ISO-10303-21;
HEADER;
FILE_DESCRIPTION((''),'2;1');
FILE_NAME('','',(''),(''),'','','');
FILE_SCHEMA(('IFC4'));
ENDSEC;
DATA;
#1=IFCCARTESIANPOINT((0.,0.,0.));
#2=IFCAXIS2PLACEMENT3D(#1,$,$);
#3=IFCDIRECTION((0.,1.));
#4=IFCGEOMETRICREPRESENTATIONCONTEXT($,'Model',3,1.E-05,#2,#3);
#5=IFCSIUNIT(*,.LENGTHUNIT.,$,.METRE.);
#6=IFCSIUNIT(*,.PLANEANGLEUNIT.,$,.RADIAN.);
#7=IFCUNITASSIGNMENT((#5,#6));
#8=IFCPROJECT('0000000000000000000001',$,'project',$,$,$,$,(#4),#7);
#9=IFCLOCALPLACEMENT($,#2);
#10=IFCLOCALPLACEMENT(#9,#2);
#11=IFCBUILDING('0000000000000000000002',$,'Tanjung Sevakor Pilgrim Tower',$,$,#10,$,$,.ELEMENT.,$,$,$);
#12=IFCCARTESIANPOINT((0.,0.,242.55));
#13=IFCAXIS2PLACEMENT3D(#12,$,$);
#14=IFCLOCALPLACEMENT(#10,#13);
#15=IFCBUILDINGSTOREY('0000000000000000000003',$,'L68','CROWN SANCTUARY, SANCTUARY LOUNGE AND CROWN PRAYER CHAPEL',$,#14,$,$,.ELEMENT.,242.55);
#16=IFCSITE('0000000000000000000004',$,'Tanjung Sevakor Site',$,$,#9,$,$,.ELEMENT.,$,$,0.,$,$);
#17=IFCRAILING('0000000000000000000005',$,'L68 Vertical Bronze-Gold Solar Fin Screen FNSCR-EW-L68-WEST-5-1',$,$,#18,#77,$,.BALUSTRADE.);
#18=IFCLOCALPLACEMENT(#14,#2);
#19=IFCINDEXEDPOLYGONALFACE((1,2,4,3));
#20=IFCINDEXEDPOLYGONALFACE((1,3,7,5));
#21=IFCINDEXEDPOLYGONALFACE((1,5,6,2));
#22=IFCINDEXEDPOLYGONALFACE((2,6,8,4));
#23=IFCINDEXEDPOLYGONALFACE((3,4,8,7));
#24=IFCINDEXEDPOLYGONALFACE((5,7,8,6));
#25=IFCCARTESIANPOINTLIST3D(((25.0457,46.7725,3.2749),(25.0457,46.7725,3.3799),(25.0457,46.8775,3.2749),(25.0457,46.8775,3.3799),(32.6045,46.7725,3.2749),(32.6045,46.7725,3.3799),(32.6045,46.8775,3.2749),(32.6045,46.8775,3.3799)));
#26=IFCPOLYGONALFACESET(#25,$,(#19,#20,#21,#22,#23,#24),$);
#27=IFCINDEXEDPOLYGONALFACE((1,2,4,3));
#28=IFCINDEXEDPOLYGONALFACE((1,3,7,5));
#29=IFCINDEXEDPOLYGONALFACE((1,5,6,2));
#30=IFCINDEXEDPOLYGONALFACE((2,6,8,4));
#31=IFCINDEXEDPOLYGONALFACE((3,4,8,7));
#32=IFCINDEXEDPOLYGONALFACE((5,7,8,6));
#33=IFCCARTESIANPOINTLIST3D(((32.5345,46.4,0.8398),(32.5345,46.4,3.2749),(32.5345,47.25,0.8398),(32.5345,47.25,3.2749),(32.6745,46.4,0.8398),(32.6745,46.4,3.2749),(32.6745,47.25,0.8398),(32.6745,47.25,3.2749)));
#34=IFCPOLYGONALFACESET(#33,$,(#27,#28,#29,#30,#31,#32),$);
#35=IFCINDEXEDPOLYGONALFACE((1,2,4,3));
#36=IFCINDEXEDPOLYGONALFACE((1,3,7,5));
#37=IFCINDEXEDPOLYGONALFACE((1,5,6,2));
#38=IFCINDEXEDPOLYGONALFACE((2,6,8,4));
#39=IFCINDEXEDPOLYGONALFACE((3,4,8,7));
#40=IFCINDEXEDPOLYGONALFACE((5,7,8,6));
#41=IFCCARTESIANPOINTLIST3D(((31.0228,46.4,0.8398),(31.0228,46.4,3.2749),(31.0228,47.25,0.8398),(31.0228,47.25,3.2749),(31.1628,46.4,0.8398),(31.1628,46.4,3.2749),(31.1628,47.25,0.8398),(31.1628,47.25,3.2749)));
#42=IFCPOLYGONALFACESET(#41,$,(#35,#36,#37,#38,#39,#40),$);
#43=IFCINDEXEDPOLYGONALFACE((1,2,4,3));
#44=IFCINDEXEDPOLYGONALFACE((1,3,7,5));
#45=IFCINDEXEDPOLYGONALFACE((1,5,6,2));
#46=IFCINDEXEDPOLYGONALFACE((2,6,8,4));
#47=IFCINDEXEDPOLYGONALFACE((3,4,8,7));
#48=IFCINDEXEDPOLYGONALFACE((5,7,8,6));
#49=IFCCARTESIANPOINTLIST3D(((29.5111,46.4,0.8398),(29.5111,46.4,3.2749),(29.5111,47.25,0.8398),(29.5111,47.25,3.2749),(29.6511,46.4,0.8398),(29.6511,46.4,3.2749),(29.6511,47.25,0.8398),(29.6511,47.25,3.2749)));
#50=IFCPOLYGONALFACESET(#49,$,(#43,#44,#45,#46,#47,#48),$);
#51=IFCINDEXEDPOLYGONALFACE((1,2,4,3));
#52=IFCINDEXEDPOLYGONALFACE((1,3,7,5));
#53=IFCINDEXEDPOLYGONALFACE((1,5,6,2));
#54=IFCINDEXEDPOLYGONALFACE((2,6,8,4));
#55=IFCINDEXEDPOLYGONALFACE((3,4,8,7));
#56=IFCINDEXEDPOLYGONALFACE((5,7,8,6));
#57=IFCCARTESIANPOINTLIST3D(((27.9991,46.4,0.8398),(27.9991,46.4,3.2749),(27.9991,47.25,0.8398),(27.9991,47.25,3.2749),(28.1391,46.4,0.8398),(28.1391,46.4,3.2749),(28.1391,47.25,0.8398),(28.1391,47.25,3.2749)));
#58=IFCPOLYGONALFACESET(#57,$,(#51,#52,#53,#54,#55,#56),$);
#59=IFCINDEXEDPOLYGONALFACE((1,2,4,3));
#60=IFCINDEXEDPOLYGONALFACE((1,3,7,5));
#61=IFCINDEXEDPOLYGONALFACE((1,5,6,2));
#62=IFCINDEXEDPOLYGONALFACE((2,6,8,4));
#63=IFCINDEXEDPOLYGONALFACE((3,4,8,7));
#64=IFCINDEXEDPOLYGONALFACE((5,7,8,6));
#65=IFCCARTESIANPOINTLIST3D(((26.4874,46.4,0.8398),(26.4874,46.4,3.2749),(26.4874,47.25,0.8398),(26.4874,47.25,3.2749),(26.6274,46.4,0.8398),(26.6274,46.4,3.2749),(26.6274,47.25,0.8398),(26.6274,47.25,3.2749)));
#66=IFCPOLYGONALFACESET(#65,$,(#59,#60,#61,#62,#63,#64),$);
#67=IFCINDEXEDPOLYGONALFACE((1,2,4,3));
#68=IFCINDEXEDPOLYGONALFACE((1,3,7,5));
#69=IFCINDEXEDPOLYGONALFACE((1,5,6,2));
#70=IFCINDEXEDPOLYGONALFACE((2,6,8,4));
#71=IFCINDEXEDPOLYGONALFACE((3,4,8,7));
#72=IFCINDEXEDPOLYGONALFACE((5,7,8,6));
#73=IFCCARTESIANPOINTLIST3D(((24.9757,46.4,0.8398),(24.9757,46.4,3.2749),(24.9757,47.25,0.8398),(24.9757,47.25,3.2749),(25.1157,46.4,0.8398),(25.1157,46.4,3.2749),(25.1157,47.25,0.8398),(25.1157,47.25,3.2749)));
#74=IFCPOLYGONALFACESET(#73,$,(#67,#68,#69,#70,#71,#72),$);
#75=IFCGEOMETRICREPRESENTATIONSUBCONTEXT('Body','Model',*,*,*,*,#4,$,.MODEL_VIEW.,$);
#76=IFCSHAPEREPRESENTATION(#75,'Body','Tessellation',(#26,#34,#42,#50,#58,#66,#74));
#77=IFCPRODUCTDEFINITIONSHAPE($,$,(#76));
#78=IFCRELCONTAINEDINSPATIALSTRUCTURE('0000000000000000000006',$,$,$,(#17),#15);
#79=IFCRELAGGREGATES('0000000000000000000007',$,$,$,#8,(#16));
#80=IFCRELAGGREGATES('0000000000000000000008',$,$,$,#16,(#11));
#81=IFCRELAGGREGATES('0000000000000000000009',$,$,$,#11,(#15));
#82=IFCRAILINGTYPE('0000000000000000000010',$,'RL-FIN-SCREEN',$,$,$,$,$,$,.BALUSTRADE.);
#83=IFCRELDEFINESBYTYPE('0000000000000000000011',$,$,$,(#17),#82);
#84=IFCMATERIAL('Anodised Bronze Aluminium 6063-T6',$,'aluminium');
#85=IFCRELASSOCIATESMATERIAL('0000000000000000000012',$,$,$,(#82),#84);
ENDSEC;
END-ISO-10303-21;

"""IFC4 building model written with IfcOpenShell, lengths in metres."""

from ifc_helpers import new_model, si_unit, direction, frame, origin, place, context, subcontext, project, spatial, rectangle, extrude, material, type_object, element, save


model = new_model("IFC4")

# Units and contexts
model_context = context("Model", 3, precision=1e-05, world=origin(), true_north=direction((0.0, 1.0)))
body_context = subcontext(model_context, "Body", "Model", "MODEL_VIEW")
ifc_project = project(units=[si_unit("LENGTHUNIT", "METRE"), si_unit("PLANEANGLEUNIT", "RADIAN")], contexts=[model_context])

# Site, building, storey
site_placement = place(None, origin())
site = spatial("IfcSite", under=ifc_project, at=site_placement, Name="Tanjung Sevakor Site", CompositionType="ELEMENT", RefElevation=0.0)
building_placement = place(site_placement, origin())
building = spatial("IfcBuilding", under=site, at=building_placement, Name="Tanjung Sevakor Pilgrim Tower", CompositionType="ELEMENT")
storey_placement = place(building_placement, frame((0.0, 0.0, 242.55)))
storey = spatial("IfcBuildingStorey", under=building, at=storey_placement, Name="L68", Description="CROWN SANCTUARY, SANCTUARY LOUNGE AND CROWN PRAYER CHAPEL", CompositionType="ELEMENT", Elevation=242.55)

# Railing
ifc_material_1 = material(Name="Anodised Bronze Aluminium 6063-T6", Category="aluminium")
railing_type = type_object("IfcRailingType", Name="RL-FIN-SCREEN", PredefinedType="BALUSTRADE", material=ifc_material_1)
railing_placement = place(storey_placement, frame((32.6045, 46.825, 0.8398)))
element("IfcRailing", 1, at=railing_placement, inside=storey, type_object=railing_type, Name="L68 Vertical Bronze-Gold Solar Fin Screen FNSCR-EW-L68-WEST-5-1", PredefinedType="BALUSTRADE", context=body_context, shape_type="SweptSolid", body=[
    extrude(rectangle(XDim=0.105, YDim=0.105), frame((0.0, 0.0, 2.4875), z_axis=(-1.0, 0.0, 0.0), x_axis=(0.0, -1.0, 0.0)), (0.0, 0.0, 1.0), 7.5588),
    extrude(rectangle(XDim=0.14, YDim=0.85), origin(), (0.0, 0.0, 1.0), 2.4351),
    extrude(rectangle(XDim=0.14, YDim=0.85), frame((-1.5117, 0.0, 0.0)), (0.0, 0.0, 1.0), 2.4351),
    extrude(rectangle(XDim=0.14, YDim=0.85), frame((-3.0234, 0.0, 0.0)), (0.0, 0.0, 1.0), 2.4351),
    extrude(rectangle(XDim=0.14, YDim=0.85), frame((-4.5354, 0.0, 0.0)), (0.0, 0.0, 1.0), 2.4351),
    extrude(rectangle(XDim=0.14, YDim=0.85), frame((-6.0471, 0.0, 0.0)), (0.0, 0.0, 1.0), 2.4351),
    extrude(rectangle(XDim=0.14, YDim=0.85), frame((-7.5588, 0.0, 0.0)), (0.0, 0.0, 1.0), 2.4351),
])

save(model, "model.ifc")
